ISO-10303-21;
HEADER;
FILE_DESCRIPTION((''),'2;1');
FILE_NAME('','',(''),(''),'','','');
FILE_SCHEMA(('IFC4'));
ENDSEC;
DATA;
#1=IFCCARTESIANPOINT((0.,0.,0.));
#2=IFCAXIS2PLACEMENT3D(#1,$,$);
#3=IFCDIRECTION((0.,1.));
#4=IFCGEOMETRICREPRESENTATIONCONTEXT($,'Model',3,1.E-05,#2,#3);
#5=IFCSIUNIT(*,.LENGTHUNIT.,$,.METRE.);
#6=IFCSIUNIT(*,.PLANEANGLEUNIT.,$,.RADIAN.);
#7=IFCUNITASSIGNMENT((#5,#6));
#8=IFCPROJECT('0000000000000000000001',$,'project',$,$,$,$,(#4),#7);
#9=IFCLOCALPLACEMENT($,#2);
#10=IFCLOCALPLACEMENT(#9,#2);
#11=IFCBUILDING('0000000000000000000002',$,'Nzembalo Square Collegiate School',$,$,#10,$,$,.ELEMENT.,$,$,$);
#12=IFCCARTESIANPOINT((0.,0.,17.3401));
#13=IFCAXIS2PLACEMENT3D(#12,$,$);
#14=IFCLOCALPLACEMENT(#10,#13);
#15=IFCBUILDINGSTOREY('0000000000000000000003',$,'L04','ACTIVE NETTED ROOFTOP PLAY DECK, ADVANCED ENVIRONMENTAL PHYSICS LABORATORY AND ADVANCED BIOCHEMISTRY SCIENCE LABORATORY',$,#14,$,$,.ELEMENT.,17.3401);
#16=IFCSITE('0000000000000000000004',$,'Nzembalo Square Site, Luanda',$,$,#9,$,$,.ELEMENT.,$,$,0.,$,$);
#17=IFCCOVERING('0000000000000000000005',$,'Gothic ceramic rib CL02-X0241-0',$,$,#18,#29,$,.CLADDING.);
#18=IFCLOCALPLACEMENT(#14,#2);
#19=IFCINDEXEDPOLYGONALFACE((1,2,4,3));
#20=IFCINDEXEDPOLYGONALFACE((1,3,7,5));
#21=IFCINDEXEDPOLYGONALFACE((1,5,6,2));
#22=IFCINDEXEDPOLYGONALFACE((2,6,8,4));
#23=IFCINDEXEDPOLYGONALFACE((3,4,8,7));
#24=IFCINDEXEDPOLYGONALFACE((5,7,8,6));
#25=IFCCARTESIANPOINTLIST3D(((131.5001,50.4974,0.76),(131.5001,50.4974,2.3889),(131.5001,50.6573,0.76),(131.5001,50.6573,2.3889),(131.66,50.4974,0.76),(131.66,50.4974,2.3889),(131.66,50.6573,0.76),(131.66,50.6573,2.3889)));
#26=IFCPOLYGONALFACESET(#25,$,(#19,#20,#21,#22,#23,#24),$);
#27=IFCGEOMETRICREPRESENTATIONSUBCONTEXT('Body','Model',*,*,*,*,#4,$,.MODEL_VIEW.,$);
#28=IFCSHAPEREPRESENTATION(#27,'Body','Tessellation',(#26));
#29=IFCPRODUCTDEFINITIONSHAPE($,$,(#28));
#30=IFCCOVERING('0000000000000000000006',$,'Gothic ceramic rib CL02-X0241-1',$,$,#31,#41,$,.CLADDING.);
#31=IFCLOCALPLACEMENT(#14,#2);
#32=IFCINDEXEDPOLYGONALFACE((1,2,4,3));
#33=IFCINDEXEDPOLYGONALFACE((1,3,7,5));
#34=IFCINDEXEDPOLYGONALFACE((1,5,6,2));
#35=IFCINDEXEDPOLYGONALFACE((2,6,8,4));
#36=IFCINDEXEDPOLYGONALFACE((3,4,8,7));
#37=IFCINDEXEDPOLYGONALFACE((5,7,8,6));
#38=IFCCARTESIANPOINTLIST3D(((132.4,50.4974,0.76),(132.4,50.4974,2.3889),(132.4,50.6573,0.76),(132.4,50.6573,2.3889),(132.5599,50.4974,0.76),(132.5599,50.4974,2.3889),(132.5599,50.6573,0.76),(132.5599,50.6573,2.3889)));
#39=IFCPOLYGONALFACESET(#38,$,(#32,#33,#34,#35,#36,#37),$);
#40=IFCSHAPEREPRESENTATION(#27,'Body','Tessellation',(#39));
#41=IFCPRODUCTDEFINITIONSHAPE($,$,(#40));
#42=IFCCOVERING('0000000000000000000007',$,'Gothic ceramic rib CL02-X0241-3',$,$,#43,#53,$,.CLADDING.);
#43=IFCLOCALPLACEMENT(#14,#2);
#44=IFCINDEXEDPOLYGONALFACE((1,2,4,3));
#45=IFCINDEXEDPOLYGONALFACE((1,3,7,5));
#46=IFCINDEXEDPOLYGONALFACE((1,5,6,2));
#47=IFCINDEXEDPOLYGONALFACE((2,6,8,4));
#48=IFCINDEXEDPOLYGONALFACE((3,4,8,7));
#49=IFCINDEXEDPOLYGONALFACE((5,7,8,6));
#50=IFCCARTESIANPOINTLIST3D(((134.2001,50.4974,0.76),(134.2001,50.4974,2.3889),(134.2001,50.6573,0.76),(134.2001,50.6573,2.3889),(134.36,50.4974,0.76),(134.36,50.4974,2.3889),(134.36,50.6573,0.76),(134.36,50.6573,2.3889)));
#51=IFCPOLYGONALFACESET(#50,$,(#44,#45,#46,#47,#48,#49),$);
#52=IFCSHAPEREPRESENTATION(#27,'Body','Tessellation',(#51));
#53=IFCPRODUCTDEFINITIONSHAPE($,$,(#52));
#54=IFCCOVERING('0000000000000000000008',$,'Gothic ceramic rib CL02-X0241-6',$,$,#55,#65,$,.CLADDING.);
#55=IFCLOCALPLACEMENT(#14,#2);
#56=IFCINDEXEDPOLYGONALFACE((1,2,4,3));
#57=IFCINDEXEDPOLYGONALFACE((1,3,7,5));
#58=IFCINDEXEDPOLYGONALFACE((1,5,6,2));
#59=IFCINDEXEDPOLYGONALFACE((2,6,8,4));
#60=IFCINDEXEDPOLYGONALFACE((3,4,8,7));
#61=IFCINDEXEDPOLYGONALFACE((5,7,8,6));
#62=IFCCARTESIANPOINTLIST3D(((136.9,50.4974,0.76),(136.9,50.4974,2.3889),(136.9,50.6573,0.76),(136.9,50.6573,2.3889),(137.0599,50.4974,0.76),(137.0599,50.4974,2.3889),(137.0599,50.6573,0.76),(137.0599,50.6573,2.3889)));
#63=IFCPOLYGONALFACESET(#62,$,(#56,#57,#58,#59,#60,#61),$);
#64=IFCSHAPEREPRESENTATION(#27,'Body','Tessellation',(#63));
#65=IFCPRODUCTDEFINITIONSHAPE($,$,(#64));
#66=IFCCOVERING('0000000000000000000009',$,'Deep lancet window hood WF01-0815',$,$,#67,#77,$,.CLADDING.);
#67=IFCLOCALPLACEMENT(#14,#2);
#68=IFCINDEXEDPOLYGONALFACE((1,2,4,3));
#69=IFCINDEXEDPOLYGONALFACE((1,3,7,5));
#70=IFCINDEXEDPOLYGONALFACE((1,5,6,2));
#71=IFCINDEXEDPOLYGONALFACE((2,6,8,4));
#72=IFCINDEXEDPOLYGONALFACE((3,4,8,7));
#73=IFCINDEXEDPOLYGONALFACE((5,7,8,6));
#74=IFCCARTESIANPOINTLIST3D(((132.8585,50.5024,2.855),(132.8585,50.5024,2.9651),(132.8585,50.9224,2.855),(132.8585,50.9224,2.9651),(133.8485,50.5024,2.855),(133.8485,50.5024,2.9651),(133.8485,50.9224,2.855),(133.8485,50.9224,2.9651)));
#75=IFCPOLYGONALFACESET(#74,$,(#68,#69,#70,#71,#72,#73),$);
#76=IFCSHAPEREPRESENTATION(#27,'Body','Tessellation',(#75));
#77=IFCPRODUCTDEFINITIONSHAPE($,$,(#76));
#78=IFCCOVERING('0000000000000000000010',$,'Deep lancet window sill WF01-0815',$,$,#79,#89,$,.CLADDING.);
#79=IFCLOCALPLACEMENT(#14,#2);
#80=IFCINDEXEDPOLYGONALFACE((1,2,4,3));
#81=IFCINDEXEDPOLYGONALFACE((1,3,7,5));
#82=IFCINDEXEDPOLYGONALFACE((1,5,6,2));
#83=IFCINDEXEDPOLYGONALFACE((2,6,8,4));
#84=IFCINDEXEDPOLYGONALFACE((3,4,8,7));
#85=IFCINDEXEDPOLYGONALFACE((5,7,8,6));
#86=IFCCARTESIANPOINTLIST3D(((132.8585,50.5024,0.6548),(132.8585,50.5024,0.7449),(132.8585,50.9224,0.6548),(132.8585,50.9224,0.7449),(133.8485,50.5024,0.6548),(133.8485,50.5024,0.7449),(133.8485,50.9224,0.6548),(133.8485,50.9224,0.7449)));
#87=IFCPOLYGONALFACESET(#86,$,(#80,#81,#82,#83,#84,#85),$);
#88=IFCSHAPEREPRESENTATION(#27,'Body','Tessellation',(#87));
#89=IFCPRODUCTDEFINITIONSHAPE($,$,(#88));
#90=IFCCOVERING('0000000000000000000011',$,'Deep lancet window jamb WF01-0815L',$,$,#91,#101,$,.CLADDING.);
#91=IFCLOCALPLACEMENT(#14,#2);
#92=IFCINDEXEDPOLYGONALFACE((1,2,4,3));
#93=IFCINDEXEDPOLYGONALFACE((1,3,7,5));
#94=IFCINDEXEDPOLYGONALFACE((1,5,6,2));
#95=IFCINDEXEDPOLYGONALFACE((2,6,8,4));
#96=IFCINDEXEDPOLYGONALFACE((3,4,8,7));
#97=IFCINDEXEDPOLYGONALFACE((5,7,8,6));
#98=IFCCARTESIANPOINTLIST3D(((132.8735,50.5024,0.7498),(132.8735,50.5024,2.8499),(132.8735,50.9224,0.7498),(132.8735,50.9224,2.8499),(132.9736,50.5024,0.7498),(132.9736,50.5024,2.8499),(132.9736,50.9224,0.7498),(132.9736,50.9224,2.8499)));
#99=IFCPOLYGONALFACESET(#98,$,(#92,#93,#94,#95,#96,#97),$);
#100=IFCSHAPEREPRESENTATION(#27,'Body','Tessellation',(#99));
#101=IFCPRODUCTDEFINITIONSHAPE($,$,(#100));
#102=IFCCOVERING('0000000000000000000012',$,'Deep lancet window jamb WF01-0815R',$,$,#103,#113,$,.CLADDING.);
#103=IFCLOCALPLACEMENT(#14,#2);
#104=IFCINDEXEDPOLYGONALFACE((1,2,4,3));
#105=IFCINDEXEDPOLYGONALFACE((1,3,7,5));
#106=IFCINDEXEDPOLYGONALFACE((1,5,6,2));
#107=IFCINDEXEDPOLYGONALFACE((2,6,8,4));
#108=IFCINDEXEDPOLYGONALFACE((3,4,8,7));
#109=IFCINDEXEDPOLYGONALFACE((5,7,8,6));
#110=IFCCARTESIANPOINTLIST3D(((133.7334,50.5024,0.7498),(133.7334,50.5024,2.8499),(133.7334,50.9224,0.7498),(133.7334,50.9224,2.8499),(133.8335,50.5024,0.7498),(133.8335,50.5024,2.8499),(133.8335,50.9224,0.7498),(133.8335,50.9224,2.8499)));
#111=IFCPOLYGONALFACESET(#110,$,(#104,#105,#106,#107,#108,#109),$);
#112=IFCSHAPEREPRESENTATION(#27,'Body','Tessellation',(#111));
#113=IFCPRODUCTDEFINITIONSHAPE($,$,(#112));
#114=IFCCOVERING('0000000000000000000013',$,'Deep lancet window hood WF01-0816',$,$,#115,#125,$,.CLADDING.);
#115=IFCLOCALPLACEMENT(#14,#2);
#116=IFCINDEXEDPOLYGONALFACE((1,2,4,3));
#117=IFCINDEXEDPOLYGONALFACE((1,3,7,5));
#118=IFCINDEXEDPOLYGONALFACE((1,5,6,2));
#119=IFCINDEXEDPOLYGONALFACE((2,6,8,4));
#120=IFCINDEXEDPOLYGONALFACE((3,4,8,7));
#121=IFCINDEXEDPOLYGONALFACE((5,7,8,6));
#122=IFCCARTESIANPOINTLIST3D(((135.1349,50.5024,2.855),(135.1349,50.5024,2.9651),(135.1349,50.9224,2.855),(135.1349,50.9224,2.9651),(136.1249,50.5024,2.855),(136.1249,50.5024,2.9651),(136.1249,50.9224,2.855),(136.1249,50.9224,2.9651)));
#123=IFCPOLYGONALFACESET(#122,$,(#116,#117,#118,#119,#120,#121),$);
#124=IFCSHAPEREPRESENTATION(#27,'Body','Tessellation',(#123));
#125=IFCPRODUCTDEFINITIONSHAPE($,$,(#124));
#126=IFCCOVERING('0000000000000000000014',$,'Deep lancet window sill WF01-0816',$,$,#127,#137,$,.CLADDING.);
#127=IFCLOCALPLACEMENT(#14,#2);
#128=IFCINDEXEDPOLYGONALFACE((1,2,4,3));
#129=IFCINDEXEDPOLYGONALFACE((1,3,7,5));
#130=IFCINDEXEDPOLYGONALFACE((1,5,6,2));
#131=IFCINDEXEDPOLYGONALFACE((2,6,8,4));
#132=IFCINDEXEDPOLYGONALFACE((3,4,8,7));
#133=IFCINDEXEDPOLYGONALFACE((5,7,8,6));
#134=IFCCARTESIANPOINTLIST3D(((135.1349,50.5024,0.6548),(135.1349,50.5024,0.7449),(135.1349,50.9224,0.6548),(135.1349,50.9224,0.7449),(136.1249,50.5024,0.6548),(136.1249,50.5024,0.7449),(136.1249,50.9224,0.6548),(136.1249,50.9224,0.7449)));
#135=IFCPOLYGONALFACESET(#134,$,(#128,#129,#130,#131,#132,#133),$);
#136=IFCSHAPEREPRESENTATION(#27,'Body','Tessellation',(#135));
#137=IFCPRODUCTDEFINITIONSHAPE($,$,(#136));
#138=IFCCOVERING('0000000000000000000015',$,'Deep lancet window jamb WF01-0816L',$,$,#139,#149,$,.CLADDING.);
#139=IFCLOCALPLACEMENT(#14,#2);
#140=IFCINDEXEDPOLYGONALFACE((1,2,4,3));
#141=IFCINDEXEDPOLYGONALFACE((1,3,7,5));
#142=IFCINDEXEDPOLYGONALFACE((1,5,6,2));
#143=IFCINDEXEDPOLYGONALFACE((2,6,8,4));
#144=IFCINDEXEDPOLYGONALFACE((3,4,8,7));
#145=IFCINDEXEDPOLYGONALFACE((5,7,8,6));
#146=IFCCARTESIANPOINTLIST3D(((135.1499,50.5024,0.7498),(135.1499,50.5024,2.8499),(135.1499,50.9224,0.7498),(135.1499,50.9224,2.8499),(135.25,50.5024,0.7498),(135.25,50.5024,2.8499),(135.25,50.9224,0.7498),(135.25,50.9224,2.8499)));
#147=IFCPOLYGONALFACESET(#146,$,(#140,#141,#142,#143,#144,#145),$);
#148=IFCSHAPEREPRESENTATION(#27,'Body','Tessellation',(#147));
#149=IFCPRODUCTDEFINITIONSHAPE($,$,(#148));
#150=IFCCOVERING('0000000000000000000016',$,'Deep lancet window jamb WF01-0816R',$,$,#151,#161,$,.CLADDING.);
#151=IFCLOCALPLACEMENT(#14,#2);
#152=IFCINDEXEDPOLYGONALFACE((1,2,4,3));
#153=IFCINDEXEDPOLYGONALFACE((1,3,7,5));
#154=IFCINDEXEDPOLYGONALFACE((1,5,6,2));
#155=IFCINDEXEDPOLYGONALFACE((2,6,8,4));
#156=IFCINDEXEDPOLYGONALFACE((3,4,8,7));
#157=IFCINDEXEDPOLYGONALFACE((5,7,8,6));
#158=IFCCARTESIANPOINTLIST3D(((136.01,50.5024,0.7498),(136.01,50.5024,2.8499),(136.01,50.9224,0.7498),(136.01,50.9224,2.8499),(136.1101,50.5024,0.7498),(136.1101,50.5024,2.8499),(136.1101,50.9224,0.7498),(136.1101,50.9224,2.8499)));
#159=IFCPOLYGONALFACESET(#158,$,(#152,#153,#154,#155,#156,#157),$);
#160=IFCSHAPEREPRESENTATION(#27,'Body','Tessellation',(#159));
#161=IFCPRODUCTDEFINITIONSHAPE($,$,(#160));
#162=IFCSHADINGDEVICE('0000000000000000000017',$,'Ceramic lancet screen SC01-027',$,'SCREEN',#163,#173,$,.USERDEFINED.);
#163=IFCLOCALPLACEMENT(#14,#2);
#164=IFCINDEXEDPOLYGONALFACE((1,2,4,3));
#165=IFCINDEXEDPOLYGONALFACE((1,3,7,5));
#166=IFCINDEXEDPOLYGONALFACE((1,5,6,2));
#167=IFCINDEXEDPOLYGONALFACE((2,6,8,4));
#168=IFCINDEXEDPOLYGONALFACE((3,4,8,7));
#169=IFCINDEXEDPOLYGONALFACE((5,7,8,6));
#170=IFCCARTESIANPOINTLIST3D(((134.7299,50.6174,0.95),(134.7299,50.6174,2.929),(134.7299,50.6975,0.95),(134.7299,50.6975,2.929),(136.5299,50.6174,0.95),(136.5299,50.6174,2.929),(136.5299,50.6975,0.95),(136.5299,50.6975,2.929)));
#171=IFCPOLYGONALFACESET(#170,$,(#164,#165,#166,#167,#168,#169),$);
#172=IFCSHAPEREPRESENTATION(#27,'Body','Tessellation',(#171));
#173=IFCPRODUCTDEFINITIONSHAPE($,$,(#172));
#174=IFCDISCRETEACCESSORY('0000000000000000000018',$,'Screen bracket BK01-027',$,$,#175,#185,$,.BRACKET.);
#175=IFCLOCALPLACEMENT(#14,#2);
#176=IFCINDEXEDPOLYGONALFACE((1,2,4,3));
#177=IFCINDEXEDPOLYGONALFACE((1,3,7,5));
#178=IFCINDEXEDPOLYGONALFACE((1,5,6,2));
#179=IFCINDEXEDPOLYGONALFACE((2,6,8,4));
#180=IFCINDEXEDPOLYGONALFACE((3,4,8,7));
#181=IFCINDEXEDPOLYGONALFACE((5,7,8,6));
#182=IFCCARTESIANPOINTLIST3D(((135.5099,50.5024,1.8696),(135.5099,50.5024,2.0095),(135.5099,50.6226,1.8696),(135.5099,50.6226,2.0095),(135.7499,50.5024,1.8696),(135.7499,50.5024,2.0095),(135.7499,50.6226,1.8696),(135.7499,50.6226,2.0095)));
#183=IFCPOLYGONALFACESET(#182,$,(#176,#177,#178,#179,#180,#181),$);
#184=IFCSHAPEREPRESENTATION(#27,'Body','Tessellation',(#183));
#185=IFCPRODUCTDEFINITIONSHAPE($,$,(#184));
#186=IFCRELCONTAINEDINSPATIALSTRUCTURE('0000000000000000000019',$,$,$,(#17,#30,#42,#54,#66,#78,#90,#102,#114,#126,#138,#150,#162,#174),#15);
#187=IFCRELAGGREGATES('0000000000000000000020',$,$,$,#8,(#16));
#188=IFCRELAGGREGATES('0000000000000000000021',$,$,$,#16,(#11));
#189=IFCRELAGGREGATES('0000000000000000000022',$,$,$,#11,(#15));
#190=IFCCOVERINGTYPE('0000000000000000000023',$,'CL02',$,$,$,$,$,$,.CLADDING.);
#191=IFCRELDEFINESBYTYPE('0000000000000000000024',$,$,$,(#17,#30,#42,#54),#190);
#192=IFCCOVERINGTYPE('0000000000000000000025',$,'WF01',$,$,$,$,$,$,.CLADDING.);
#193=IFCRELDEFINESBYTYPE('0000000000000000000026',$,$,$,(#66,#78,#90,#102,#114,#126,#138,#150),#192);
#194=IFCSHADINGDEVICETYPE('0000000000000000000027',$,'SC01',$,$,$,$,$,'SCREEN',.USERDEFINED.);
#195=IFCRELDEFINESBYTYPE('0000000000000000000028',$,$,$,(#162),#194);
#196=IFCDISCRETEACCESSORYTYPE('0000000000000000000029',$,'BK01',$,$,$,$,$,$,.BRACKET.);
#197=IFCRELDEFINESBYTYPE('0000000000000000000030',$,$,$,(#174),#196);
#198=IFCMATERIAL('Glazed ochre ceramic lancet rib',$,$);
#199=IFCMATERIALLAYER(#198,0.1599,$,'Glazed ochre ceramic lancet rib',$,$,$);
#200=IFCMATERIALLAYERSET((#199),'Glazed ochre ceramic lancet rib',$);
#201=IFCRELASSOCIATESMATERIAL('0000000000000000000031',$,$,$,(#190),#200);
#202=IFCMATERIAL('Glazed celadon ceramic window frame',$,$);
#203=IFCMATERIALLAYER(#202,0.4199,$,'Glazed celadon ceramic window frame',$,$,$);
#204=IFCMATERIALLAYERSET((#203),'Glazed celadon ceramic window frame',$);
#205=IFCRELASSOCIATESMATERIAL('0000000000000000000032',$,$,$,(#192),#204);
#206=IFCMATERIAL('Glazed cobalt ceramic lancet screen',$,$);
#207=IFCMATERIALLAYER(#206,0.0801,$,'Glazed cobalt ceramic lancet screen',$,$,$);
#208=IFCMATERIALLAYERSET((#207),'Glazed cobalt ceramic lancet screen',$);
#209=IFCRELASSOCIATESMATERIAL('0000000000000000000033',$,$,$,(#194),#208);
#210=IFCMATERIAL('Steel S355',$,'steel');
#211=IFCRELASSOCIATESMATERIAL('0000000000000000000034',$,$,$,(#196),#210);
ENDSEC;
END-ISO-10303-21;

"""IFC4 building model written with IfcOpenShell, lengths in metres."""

from ifc_helpers import new_model, si_unit, direction, frame, origin, origin_2d, place, context, subcontext, project, spatial, rectangle, extrude, material, layer, layer_set, type_object, element, save


model = new_model("IFC4")

# Units and contexts
model_context = context("Model", 3, precision=1e-05, world=origin(), true_north=direction((0.0, 1.0)))
body_context = subcontext(model_context, "Body", "Model", "MODEL_VIEW")
ifc_project = project(units=[si_unit("LENGTHUNIT", "METRE"), si_unit("PLANEANGLEUNIT", "RADIAN")], contexts=[model_context])

# Site, building, storey
site_placement = place(None, origin())
site = spatial("IfcSite", under=ifc_project, at=site_placement, Name="Nzembalo Square Site, Luanda", CompositionType="ELEMENT", RefElevation=0.0)
building_placement = place(site_placement, origin())
building = spatial("IfcBuilding", under=site, at=building_placement, Name="Nzembalo Square Collegiate School", CompositionType="ELEMENT")
storey_placement = place(building_placement, frame((0.0, 0.0, 17.3401)))
storey = spatial("IfcBuildingStorey", under=building, at=storey_placement, Name="L04", Description="ACTIVE NETTED ROOFTOP PLAY DECK, ADVANCED ENVIRONMENTAL PHYSICS LABORATORY AND ADVANCED BIOCHEMISTRY SCIENCE LABORATORY", CompositionType="ELEMENT", Elevation=17.3401)

# Coverings
ifc_material_1 = material(Name="Glazed ochre ceramic lancet rib")
ifc_layer_1 = layer(ifc_material_1, 0.1599, Name="Glazed ochre ceramic lancet rib")
ifc_layer_set_1 = layer_set([ifc_layer_1], Name="Glazed ochre ceramic lancet rib")
covering_type_1 = type_object("IfcCoveringType", Name="CL02", PredefinedType="CLADDING", material=ifc_layer_set_1)
for number, where, z_axis, x_axis, name in (
    (1, (131.5801, 50.5774, 0.76), (0.0, 0.0, 1.0), (1.0, 0.0, 0.0), "Gothic ceramic rib CL02-X0241-0"),
    (2, (132.48, 50.5774, 0.76), (0.0, 0.0, 1.0), (1.0, 0.0, 0.0), "Gothic ceramic rib CL02-X0241-1"),
    (3, (134.28, 50.5774, 0.76), (0.0, 0.0, 1.0), (1.0, 0.0, 0.0), "Gothic ceramic rib CL02-X0241-3"),
    (4, (136.98, 50.5774, 0.76), (0.0, 0.0, 1.0), (1.0, 0.0, 0.0), "Gothic ceramic rib CL02-X0241-6"),
):
    element("IfcCovering", number, at=place(storey_placement, frame(where, z_axis=z_axis, x_axis=x_axis)), inside=storey, type_object=covering_type_1, Name=name, PredefinedType="CLADDING", context=body_context, shape_type="SweptSolid", body=[
        extrude(rectangle(XDim=0.1599, YDim=0.1599, at=origin_2d()), origin(), (0.0, 0.0, 1.0), 1.6289),
    ])
ifc_material_2 = material(Name="Glazed celadon ceramic window frame")
ifc_layer_2 = layer(ifc_material_2, 0.4199, Name="Glazed celadon ceramic window frame")
ifc_layer_set_2 = layer_set([ifc_layer_2], Name="Glazed celadon ceramic window frame")
covering_type_2 = type_object("IfcCoveringType", Name="WF01", PredefinedType="CLADDING", material=ifc_layer_set_2)
covering_1_placement = place(storey_placement, frame((133.3535, 50.7124, 2.855), z_axis=(0.0, 0.0, 1.0), x_axis=(1.0, 0.0, 0.0)))
element("IfcCovering", 5, at=covering_1_placement, inside=storey, type_object=covering_type_2, Name="Deep lancet window hood WF01-0815", PredefinedType="CLADDING", context=body_context, shape_type="SweptSolid", body=[
    extrude(rectangle(XDim=0.99, YDim=0.4199, at=origin_2d()), origin(), (0.0, 0.0, 1.0), 0.1101),
])
covering_2_placement = place(storey_placement, frame((133.3535, 50.7124, 0.6548), z_axis=(0.0, 0.0, 1.0), x_axis=(1.0, 0.0, 0.0)))
element("IfcCovering", 6, at=covering_2_placement, inside=storey, type_object=covering_type_2, Name="Deep lancet window sill WF01-0815", PredefinedType="CLADDING", context=body_context, shape_type="SweptSolid", body=[
    extrude(rectangle(XDim=0.99, YDim=0.4199, at=origin_2d()), origin(), (0.0, 0.0, 1.0), 0.0901),
])
for number, where, z_axis, x_axis, name in (
    (7, (132.9236, 50.7124, 0.7498), (0.0, 0.0, 1.0), (1.0, 0.0, 0.0), "Deep lancet window jamb WF01-0815L"),
    (8, (133.7834, 50.7124, 0.7498), (0.0, 0.0, 1.0), (1.0, 0.0, 0.0), "Deep lancet window jamb WF01-0815R"),
):
    element("IfcCovering", number, at=place(storey_placement, frame(where, z_axis=z_axis, x_axis=x_axis)), inside=storey, type_object=covering_type_2, Name=name, PredefinedType="CLADDING", context=body_context, shape_type="SweptSolid", body=[
        extrude(rectangle(XDim=0.1001, YDim=0.4199, at=origin_2d()), origin(), (0.0, 0.0, 1.0), 2.1001),
    ])
covering_3_placement = place(storey_placement, frame((135.6299, 50.7124, 2.855), z_axis=(0.0, 0.0, 1.0), x_axis=(1.0, 0.0, 0.0)))
element("IfcCovering", 9, at=covering_3_placement, inside=storey, type_object=covering_type_2, Name="Deep lancet window hood WF01-0816", PredefinedType="CLADDING", context=body_context, shape_type="SweptSolid", body=[
    extrude(rectangle(XDim=0.99, YDim=0.4199, at=origin_2d()), origin(), (0.0, 0.0, 1.0), 0.1101),
])
covering_4_placement = place(storey_placement, frame((135.6299, 50.7124, 0.6548), z_axis=(0.0, 0.0, 1.0), x_axis=(1.0, 0.0, 0.0)))
element("IfcCovering", 10, at=covering_4_placement, inside=storey, type_object=covering_type_2, Name="Deep lancet window sill WF01-0816", PredefinedType="CLADDING", context=body_context, shape_type="SweptSolid", body=[
    extrude(rectangle(XDim=0.99, YDim=0.4199, at=origin_2d()), origin(), (0.0, 0.0, 1.0), 0.0901),
])
for number, where, z_axis, x_axis, name in (
    (11, (135.2, 50.7124, 0.7498), (0.0, 0.0, 1.0), (1.0, 0.0, 0.0), "Deep lancet window jamb WF01-0816L"),
    (12, (136.0601, 50.7124, 0.7498), (0.0, 0.0, 1.0), (1.0, 0.0, 0.0), "Deep lancet window jamb WF01-0816R"),
):
    element("IfcCovering", number, at=place(storey_placement, frame(where, z_axis=z_axis, x_axis=x_axis)), inside=storey, type_object=covering_type_2, Name=name, PredefinedType="CLADDING", context=body_context, shape_type="SweptSolid", body=[
        extrude(rectangle(XDim=0.1001, YDim=0.4199, at=origin_2d()), origin(), (0.0, 0.0, 1.0), 2.1001),
    ])

# Shading device
ifc_material_3 = material(Name="Glazed cobalt ceramic lancet screen")
ifc_layer_3 = layer(ifc_material_3, 0.0801, Name="Glazed cobalt ceramic lancet screen")
ifc_layer_set_3 = layer_set([ifc_layer_3], Name="Glazed cobalt ceramic lancet screen")
shading_device_type = type_object("IfcShadingDeviceType", Name="SC01", ElementType="SCREEN", PredefinedType="USERDEFINED", material=ifc_layer_set_3)
shading_device_placement = place(storey_placement, frame((135.6299, 50.6575, 0.95), z_axis=(0.0, 0.0, 1.0), x_axis=(1.0, 0.0, 0.0)))
element("IfcShadingDevice", 13, at=shading_device_placement, inside=storey, type_object=shading_device_type, Name="Ceramic lancet screen SC01-027", ObjectType="SCREEN", PredefinedType="USERDEFINED", context=body_context, shape_type="SweptSolid", body=[
    extrude(rectangle(XDim=1.8, YDim=0.0801, at=origin_2d()), origin(), (0.0, 0.0, 1.0), 1.979),
])

# Discrete accessory
ifc_material_4 = material(Name="Steel S355", Category="steel")
discrete_accessory_type = type_object("IfcDiscreteAccessoryType", Name="BK01", PredefinedType="BRACKET", material=ifc_material_4)
discrete_accessory_placement = place(storey_placement, frame((135.6299, 50.5625, 1.8696), z_axis=(0.0, 0.0, 1.0), x_axis=(1.0, 0.0, 0.0)))
element("IfcDiscreteAccessory", 14, at=discrete_accessory_placement, inside=storey, type_object=discrete_accessory_type, Name="Screen bracket BK01-027", PredefinedType="BRACKET", context=body_context, shape_type="SweptSolid", body=[
    extrude(rectangle(XDim=0.24, YDim=0.1201, at=origin_2d()), origin(), (0.0, 0.0, 1.0), 0.1399),
])

save(model, "model.ifc")
